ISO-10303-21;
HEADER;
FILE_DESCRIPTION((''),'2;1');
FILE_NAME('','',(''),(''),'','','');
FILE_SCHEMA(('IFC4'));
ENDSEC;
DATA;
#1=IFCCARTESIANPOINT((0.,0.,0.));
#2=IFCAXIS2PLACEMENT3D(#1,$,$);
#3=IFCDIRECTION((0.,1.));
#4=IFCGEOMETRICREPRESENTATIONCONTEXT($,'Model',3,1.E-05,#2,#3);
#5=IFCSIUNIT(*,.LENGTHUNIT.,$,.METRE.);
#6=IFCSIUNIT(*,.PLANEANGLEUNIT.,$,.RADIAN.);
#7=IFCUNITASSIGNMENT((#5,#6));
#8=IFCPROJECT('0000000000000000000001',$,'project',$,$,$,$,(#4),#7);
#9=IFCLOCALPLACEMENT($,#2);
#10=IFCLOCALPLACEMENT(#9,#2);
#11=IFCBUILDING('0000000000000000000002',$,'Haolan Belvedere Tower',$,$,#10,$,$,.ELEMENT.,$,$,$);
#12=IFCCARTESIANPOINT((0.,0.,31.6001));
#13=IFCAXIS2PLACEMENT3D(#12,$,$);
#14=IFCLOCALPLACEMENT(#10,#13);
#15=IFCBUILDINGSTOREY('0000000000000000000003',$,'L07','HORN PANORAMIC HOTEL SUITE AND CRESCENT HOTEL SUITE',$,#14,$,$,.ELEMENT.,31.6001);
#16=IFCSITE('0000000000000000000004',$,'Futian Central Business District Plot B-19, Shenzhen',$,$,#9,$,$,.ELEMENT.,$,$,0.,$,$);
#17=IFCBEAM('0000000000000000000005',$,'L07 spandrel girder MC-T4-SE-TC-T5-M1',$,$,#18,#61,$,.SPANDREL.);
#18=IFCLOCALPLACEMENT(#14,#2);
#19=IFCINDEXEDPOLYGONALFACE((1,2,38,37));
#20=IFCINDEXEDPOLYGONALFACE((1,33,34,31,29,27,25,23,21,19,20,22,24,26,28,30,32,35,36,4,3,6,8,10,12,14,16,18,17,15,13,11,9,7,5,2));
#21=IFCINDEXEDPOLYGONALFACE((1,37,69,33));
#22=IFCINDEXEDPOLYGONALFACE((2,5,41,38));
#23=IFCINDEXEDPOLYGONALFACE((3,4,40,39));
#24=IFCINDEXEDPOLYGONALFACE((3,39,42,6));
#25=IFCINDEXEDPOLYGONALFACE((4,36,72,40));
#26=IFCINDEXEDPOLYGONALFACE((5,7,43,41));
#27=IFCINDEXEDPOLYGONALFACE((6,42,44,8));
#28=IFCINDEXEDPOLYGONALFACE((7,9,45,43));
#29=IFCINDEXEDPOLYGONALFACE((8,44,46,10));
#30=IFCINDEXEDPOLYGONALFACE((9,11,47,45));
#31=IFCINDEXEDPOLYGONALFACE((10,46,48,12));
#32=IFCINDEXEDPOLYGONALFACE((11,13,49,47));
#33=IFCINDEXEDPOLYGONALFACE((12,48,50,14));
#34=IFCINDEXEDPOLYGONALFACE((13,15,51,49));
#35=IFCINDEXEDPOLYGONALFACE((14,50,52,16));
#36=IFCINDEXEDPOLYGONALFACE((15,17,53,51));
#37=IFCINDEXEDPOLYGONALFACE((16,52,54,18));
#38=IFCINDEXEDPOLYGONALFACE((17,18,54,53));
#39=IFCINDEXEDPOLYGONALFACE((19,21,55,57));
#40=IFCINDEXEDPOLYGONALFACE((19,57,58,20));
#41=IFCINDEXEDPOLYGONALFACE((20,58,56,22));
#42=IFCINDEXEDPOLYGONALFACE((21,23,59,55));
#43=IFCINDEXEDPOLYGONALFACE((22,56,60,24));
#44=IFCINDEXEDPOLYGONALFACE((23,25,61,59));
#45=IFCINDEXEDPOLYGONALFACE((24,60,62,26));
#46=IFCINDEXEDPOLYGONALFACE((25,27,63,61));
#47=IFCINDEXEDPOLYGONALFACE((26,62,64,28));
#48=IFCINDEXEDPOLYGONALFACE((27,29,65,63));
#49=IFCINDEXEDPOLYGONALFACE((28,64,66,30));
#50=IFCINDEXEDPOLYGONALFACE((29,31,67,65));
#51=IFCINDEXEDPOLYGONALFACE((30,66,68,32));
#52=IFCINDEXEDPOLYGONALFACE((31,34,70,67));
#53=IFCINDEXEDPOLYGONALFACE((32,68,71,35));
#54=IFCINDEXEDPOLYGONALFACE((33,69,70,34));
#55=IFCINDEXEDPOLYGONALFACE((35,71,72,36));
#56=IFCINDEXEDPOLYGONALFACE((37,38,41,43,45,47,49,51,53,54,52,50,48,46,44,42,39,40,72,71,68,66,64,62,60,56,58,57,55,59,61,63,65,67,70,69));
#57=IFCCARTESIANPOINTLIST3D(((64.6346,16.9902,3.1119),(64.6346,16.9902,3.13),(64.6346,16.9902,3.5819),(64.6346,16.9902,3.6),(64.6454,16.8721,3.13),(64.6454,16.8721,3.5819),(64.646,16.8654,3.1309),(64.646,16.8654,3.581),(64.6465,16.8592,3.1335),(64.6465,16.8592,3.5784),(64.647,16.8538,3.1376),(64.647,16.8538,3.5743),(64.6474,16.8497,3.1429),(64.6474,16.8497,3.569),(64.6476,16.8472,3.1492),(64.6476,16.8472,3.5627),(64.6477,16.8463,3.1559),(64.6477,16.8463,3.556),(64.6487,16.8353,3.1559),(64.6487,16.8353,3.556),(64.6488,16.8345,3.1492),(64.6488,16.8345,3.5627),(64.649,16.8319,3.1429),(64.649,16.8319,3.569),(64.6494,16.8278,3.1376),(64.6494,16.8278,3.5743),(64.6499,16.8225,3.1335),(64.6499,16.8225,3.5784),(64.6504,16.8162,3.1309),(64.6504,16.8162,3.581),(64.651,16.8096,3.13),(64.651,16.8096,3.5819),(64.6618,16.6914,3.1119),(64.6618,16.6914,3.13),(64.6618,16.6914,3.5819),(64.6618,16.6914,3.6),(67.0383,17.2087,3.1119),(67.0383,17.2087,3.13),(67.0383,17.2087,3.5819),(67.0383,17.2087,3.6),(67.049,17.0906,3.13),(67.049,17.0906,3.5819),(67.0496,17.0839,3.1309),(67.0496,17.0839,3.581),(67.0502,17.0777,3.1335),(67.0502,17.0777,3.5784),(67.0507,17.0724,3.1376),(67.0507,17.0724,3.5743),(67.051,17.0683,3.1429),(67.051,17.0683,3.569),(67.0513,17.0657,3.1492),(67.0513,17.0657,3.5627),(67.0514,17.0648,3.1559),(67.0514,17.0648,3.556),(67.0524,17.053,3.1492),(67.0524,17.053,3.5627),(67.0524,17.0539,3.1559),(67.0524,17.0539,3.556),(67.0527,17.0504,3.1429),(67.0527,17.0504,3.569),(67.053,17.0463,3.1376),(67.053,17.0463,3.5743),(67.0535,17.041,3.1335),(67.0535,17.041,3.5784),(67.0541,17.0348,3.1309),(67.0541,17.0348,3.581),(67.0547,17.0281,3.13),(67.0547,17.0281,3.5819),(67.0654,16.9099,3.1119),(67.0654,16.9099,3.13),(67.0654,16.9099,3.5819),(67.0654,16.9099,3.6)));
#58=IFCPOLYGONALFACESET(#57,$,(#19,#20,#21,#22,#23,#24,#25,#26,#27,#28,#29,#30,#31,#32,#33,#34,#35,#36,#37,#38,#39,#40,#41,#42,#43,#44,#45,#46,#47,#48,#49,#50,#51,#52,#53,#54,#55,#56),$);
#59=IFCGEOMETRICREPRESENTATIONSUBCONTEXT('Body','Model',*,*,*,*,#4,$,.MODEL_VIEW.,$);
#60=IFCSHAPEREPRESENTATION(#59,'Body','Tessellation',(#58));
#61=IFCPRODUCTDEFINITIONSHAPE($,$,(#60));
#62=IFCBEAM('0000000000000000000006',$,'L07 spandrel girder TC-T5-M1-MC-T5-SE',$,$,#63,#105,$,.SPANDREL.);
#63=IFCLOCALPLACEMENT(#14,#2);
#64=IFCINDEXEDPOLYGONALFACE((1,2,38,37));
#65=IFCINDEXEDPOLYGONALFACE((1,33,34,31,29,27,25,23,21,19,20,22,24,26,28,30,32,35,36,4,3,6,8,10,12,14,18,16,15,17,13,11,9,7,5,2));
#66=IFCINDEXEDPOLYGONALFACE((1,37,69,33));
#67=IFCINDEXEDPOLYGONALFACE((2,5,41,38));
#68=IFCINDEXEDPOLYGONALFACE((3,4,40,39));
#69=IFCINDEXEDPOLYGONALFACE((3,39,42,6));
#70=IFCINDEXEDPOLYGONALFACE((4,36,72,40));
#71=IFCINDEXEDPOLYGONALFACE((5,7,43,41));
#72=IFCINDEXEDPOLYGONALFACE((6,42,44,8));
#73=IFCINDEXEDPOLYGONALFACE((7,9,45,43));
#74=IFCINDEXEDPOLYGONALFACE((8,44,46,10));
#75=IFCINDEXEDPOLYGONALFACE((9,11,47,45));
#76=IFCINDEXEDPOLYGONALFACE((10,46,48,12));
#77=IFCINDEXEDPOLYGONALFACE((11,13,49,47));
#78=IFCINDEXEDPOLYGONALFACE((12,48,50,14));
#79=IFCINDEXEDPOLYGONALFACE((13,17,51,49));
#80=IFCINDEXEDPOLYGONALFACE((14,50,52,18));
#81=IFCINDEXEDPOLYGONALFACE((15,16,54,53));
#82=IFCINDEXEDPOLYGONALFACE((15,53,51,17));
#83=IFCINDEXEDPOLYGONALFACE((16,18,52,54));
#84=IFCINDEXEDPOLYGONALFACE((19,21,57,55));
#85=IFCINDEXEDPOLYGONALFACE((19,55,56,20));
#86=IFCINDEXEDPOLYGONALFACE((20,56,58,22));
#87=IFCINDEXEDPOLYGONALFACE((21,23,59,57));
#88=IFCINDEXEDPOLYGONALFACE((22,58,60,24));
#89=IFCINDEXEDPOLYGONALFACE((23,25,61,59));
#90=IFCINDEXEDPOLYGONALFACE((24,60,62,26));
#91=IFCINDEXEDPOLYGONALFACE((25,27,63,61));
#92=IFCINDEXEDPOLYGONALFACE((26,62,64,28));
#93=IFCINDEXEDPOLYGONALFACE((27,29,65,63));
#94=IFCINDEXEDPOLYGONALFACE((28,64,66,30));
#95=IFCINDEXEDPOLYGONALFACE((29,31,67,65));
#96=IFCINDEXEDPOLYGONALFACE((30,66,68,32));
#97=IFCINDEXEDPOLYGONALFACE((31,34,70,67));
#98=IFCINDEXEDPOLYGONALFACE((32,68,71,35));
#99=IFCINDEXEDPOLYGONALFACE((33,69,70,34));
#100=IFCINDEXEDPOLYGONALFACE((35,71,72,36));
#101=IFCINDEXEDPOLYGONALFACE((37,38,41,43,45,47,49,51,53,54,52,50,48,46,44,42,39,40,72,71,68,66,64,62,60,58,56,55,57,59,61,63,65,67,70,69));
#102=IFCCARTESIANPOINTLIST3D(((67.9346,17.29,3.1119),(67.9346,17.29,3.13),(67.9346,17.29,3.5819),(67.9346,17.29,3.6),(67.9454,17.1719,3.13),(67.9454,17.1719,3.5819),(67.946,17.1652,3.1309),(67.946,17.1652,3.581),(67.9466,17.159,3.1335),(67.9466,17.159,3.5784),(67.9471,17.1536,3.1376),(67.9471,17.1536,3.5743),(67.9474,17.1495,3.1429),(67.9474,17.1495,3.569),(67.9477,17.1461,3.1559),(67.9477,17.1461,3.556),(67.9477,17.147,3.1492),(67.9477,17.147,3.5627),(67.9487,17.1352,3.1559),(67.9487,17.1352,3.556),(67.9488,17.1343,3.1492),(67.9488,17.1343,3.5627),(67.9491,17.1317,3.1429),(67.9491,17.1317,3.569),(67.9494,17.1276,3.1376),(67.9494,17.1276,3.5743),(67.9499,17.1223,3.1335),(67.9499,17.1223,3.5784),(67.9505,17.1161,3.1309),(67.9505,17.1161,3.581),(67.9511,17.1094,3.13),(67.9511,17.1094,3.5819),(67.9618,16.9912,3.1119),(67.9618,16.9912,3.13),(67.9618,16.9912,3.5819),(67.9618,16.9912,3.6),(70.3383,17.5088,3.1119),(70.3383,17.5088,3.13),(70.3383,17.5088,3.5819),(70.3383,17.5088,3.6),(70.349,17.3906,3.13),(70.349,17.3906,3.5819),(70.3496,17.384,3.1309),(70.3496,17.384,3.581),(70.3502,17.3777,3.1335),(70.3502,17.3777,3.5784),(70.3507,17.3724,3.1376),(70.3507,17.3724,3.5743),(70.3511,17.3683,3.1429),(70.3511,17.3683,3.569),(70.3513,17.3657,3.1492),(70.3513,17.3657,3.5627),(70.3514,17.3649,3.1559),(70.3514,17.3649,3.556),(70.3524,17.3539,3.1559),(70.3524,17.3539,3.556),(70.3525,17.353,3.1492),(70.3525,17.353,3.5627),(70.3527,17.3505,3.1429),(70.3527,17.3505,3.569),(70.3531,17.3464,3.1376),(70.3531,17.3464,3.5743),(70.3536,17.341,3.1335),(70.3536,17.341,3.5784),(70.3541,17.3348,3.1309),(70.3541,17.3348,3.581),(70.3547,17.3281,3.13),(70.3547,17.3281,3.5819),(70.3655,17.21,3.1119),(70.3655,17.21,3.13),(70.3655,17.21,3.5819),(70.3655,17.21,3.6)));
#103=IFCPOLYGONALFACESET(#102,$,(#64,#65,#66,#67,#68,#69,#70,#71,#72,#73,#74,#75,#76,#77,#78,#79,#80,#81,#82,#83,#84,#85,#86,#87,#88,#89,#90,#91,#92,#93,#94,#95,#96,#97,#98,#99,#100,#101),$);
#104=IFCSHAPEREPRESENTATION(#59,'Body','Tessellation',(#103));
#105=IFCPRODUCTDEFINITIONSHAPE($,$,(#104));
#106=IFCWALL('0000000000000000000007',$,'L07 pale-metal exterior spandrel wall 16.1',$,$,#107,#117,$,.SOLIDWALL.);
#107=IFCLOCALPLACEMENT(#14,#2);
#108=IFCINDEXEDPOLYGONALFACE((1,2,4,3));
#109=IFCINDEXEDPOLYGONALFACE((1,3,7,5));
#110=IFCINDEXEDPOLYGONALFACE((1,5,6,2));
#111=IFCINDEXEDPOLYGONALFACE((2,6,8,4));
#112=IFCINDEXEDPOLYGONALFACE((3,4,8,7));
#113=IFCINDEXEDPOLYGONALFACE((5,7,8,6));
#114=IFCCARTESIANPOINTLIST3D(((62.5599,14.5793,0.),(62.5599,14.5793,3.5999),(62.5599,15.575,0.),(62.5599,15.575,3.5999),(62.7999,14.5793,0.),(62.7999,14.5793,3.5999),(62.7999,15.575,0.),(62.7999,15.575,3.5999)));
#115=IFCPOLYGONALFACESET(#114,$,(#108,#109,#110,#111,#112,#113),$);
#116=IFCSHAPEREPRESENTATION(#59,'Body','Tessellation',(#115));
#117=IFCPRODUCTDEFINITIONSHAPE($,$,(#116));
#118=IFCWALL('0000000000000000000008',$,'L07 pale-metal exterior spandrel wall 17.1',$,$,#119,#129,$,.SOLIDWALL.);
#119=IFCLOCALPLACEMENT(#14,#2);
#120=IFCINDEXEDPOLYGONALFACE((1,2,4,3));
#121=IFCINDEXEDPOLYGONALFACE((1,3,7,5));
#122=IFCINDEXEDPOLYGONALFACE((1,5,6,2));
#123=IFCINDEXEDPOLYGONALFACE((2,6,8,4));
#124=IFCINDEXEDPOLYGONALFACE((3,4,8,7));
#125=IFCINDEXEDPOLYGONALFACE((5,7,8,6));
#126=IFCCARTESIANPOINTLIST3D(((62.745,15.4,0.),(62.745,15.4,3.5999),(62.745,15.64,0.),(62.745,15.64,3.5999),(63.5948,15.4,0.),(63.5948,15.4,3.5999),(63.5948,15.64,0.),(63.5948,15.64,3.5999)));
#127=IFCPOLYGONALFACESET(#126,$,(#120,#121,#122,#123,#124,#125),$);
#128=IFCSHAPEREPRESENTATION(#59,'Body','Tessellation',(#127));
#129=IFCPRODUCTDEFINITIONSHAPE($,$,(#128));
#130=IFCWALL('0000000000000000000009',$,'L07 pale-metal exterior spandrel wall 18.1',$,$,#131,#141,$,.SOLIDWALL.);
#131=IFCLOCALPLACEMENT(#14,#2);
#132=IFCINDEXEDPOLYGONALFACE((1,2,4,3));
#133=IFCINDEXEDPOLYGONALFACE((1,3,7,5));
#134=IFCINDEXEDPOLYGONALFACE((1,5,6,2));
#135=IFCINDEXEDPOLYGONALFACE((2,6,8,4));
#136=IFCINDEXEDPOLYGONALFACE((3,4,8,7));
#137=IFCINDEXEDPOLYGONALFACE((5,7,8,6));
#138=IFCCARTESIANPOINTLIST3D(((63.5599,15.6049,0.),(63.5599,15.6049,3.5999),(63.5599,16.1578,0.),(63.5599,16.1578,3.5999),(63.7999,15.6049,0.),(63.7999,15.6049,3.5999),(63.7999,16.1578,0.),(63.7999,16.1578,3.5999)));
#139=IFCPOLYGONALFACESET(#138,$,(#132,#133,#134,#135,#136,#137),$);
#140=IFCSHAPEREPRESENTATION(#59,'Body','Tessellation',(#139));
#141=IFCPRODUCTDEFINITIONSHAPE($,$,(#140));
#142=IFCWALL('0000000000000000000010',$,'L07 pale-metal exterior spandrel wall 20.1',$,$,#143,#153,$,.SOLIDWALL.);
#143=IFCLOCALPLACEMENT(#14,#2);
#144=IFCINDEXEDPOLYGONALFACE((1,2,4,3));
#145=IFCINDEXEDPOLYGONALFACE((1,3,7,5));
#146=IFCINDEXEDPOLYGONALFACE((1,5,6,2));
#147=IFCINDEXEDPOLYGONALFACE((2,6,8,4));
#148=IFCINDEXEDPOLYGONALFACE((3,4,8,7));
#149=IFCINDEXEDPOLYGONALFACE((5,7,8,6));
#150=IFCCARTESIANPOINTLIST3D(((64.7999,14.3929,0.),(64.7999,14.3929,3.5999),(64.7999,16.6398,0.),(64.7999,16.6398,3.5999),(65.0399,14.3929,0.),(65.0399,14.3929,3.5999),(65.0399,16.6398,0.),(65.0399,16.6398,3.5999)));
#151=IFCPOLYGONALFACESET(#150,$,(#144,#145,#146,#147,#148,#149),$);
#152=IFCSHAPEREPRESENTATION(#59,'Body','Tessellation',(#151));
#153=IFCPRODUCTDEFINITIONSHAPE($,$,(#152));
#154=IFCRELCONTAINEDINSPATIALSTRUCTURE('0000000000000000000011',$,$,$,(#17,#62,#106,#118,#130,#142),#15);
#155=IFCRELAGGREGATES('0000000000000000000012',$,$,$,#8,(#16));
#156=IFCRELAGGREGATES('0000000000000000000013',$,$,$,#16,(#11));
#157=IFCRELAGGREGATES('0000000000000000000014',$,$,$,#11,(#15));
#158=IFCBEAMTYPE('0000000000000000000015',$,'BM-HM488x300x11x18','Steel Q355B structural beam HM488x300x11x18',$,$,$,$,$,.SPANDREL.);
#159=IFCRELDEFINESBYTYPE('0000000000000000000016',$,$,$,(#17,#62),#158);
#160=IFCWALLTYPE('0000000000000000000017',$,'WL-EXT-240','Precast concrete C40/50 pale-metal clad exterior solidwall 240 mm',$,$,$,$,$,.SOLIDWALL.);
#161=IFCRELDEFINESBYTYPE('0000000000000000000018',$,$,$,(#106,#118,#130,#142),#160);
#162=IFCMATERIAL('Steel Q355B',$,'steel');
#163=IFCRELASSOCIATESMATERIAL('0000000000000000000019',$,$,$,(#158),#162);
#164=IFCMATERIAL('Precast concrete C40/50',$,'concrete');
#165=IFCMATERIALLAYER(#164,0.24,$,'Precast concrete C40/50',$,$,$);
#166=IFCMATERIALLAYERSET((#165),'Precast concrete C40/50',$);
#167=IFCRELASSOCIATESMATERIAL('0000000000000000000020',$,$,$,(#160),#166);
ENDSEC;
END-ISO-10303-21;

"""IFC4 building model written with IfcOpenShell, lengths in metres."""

from ifc_helpers import new_model, si_unit, direction, frame, frame_2d, origin, origin_2d, place, context, subcontext, project, spatial, rectangle, i_section, extrude, material, layer, layer_set, material_profile, profile_set, type_object, element, save


model = new_model("IFC4")

# Units and contexts
model_context = context("Model", 3, precision=1e-05, world=origin(), true_north=direction((0.0, 1.0)))
body_context = subcontext(model_context, "Body", "Model", "MODEL_VIEW")
ifc_project = project(units=[si_unit("LENGTHUNIT", "METRE"), si_unit("PLANEANGLEUNIT", "RADIAN")], contexts=[model_context])

# Site, building, storey
site_placement = place(None, origin())
site = spatial("IfcSite", under=ifc_project, at=site_placement, Name="Futian Central Business District Plot B-19, Shenzhen", CompositionType="ELEMENT", RefElevation=0.0)
building_placement = place(site_placement, origin())
building = spatial("IfcBuilding", under=site, at=building_placement, Name="Haolan Belvedere Tower", CompositionType="ELEMENT")
storey_placement = place(building_placement, frame((0.0, 0.0, 31.6001)))
storey = spatial("IfcBuildingStorey", under=building, at=storey_placement, Name="L07", Description="HORN PANORAMIC HOTEL SUITE AND CRESCENT HOTEL SUITE", CompositionType="ELEMENT", Elevation=31.6001)

# Shared definitions
ifc_material_1 = material(Name="Steel Q355B", Category="steel")

# Beams
ifc_material_profile_1 = material_profile(ifc_material_1, i_section(OverallWidth=0.3, OverallDepth=0.488, WebThickness=0.011, FlangeThickness=0.0181, FilletRadius=0.0259, at=origin_2d()), Name="Steel Q355B")
ifc_profile_set_1 = profile_set([ifc_material_profile_1], Name="Steel Q355B")
beam_type = type_object("IfcBeamType", Name="BM-HM488x300x11x18", Description="Steel Q355B structural beam HM488x300x11x18", PredefinedType="SPANDREL", material=ifc_profile_set_1)
for number, where, z_axis, x_axis, name in (
    (1, (64.6482, 16.8408, 3.356), (0.995893, 0.090536, 0.0), (-0.090536, 0.995893, 0.0), "L07 spandrel girder MC-T4-SE-TC-T5-M1"),
    (2, (67.9482, 17.1406, 3.356), (0.995884, 0.090636, 0.0), (-0.090636, 0.995884, 0.0), "L07 spandrel girder TC-T5-M1-MC-T5-SE"),
):
    element("IfcBeam", number, at=place(storey_placement, frame(where, z_axis=z_axis, x_axis=x_axis)), inside=storey, type_object=beam_type, Name=name, PredefinedType="SPANDREL", context=body_context, shape_type="SweptSolid", body=[
        extrude(i_section(OverallWidth=0.3, OverallDepth=0.488, WebThickness=0.011, FlangeThickness=0.0181, FilletRadius=0.0259, at=origin_2d()), origin(), (0.0, 0.0, 1.0), 2.4136),
    ])

# Walls
ifc_material_2 = material(Name="Precast concrete C40/50", Category="concrete")
ifc_layer_1 = layer(ifc_material_2, 0.24, Name="Precast concrete C40/50")
ifc_layer_set_1 = layer_set([ifc_layer_1], Name="Precast concrete C40/50")
wall_type_1 = type_object("IfcWallType", Name="WL-EXT-240", Description="Precast concrete C40/50 pale-metal clad exterior solidwall 240 mm", PredefinedType="SOLIDWALL", material=ifc_layer_set_1)
wall_1_placement = place(storey_placement, frame((62.6799, 14.5793, 0.0), z_axis=(0.0, 0.0, 1.0), x_axis=(0.0, 1.0, 0.0)))
element("IfcWall", 3, at=wall_1_placement, inside=storey, type_object=wall_type_1, Name="L07 pale-metal exterior spandrel wall 16.1", PredefinedType="SOLIDWALL", context=body_context, shape_type="SweptSolid", body=[
    extrude(rectangle(XDim=0.9956, YDim=0.24, at=frame_2d((0.4978, 0.0))), origin(), (0.0, 0.0, 1.0), 3.5999),
])
wall_2_placement = place(storey_placement, frame((62.7451, 15.52, 0.0), z_axis=(0.0, 0.0, 1.0), x_axis=(1.0, 0.0, 0.0)))
element("IfcWall", 4, at=wall_2_placement, inside=storey, type_object=wall_type_1, Name="L07 pale-metal exterior spandrel wall 17.1", PredefinedType="SOLIDWALL", context=body_context, shape_type="SweptSolid", body=[
    extrude(rectangle(XDim=0.8499, YDim=0.24, at=frame_2d((0.4248, 0.0))), origin(), (0.0, 0.0, 1.0), 3.5999),
])
wall_3_placement = place(storey_placement, frame((63.6799, 15.605, 0.0), z_axis=(0.0, 0.0, 1.0), x_axis=(0.0, 1.0, 0.0)))
element("IfcWall", 5, at=wall_3_placement, inside=storey, type_object=wall_type_1, Name="L07 pale-metal exterior spandrel wall 18.1", PredefinedType="SOLIDWALL", context=body_context, shape_type="SweptSolid", body=[
    extrude(rectangle(XDim=0.553, YDim=0.24, at=frame_2d((0.2764, 0.0))), origin(), (0.0, 0.0, 1.0), 3.5999),
])
wall_4_placement = place(storey_placement, frame((64.9199, 16.6399, 0.0), z_axis=(0.0, 0.0, 1.0), x_axis=(0.0, -1.0, 0.0)))
element("IfcWall", 6, at=wall_4_placement, inside=storey, type_object=wall_type_1, Name="L07 pale-metal exterior spandrel wall 20.1", PredefinedType="SOLIDWALL", context=body_context, shape_type="SweptSolid", body=[
    extrude(rectangle(XDim=2.2468, YDim=0.24, at=frame_2d((1.1235, 0.0))), origin(), (0.0, 0.0, 1.0), 3.5999),
])

save(model, "model.ifc")
